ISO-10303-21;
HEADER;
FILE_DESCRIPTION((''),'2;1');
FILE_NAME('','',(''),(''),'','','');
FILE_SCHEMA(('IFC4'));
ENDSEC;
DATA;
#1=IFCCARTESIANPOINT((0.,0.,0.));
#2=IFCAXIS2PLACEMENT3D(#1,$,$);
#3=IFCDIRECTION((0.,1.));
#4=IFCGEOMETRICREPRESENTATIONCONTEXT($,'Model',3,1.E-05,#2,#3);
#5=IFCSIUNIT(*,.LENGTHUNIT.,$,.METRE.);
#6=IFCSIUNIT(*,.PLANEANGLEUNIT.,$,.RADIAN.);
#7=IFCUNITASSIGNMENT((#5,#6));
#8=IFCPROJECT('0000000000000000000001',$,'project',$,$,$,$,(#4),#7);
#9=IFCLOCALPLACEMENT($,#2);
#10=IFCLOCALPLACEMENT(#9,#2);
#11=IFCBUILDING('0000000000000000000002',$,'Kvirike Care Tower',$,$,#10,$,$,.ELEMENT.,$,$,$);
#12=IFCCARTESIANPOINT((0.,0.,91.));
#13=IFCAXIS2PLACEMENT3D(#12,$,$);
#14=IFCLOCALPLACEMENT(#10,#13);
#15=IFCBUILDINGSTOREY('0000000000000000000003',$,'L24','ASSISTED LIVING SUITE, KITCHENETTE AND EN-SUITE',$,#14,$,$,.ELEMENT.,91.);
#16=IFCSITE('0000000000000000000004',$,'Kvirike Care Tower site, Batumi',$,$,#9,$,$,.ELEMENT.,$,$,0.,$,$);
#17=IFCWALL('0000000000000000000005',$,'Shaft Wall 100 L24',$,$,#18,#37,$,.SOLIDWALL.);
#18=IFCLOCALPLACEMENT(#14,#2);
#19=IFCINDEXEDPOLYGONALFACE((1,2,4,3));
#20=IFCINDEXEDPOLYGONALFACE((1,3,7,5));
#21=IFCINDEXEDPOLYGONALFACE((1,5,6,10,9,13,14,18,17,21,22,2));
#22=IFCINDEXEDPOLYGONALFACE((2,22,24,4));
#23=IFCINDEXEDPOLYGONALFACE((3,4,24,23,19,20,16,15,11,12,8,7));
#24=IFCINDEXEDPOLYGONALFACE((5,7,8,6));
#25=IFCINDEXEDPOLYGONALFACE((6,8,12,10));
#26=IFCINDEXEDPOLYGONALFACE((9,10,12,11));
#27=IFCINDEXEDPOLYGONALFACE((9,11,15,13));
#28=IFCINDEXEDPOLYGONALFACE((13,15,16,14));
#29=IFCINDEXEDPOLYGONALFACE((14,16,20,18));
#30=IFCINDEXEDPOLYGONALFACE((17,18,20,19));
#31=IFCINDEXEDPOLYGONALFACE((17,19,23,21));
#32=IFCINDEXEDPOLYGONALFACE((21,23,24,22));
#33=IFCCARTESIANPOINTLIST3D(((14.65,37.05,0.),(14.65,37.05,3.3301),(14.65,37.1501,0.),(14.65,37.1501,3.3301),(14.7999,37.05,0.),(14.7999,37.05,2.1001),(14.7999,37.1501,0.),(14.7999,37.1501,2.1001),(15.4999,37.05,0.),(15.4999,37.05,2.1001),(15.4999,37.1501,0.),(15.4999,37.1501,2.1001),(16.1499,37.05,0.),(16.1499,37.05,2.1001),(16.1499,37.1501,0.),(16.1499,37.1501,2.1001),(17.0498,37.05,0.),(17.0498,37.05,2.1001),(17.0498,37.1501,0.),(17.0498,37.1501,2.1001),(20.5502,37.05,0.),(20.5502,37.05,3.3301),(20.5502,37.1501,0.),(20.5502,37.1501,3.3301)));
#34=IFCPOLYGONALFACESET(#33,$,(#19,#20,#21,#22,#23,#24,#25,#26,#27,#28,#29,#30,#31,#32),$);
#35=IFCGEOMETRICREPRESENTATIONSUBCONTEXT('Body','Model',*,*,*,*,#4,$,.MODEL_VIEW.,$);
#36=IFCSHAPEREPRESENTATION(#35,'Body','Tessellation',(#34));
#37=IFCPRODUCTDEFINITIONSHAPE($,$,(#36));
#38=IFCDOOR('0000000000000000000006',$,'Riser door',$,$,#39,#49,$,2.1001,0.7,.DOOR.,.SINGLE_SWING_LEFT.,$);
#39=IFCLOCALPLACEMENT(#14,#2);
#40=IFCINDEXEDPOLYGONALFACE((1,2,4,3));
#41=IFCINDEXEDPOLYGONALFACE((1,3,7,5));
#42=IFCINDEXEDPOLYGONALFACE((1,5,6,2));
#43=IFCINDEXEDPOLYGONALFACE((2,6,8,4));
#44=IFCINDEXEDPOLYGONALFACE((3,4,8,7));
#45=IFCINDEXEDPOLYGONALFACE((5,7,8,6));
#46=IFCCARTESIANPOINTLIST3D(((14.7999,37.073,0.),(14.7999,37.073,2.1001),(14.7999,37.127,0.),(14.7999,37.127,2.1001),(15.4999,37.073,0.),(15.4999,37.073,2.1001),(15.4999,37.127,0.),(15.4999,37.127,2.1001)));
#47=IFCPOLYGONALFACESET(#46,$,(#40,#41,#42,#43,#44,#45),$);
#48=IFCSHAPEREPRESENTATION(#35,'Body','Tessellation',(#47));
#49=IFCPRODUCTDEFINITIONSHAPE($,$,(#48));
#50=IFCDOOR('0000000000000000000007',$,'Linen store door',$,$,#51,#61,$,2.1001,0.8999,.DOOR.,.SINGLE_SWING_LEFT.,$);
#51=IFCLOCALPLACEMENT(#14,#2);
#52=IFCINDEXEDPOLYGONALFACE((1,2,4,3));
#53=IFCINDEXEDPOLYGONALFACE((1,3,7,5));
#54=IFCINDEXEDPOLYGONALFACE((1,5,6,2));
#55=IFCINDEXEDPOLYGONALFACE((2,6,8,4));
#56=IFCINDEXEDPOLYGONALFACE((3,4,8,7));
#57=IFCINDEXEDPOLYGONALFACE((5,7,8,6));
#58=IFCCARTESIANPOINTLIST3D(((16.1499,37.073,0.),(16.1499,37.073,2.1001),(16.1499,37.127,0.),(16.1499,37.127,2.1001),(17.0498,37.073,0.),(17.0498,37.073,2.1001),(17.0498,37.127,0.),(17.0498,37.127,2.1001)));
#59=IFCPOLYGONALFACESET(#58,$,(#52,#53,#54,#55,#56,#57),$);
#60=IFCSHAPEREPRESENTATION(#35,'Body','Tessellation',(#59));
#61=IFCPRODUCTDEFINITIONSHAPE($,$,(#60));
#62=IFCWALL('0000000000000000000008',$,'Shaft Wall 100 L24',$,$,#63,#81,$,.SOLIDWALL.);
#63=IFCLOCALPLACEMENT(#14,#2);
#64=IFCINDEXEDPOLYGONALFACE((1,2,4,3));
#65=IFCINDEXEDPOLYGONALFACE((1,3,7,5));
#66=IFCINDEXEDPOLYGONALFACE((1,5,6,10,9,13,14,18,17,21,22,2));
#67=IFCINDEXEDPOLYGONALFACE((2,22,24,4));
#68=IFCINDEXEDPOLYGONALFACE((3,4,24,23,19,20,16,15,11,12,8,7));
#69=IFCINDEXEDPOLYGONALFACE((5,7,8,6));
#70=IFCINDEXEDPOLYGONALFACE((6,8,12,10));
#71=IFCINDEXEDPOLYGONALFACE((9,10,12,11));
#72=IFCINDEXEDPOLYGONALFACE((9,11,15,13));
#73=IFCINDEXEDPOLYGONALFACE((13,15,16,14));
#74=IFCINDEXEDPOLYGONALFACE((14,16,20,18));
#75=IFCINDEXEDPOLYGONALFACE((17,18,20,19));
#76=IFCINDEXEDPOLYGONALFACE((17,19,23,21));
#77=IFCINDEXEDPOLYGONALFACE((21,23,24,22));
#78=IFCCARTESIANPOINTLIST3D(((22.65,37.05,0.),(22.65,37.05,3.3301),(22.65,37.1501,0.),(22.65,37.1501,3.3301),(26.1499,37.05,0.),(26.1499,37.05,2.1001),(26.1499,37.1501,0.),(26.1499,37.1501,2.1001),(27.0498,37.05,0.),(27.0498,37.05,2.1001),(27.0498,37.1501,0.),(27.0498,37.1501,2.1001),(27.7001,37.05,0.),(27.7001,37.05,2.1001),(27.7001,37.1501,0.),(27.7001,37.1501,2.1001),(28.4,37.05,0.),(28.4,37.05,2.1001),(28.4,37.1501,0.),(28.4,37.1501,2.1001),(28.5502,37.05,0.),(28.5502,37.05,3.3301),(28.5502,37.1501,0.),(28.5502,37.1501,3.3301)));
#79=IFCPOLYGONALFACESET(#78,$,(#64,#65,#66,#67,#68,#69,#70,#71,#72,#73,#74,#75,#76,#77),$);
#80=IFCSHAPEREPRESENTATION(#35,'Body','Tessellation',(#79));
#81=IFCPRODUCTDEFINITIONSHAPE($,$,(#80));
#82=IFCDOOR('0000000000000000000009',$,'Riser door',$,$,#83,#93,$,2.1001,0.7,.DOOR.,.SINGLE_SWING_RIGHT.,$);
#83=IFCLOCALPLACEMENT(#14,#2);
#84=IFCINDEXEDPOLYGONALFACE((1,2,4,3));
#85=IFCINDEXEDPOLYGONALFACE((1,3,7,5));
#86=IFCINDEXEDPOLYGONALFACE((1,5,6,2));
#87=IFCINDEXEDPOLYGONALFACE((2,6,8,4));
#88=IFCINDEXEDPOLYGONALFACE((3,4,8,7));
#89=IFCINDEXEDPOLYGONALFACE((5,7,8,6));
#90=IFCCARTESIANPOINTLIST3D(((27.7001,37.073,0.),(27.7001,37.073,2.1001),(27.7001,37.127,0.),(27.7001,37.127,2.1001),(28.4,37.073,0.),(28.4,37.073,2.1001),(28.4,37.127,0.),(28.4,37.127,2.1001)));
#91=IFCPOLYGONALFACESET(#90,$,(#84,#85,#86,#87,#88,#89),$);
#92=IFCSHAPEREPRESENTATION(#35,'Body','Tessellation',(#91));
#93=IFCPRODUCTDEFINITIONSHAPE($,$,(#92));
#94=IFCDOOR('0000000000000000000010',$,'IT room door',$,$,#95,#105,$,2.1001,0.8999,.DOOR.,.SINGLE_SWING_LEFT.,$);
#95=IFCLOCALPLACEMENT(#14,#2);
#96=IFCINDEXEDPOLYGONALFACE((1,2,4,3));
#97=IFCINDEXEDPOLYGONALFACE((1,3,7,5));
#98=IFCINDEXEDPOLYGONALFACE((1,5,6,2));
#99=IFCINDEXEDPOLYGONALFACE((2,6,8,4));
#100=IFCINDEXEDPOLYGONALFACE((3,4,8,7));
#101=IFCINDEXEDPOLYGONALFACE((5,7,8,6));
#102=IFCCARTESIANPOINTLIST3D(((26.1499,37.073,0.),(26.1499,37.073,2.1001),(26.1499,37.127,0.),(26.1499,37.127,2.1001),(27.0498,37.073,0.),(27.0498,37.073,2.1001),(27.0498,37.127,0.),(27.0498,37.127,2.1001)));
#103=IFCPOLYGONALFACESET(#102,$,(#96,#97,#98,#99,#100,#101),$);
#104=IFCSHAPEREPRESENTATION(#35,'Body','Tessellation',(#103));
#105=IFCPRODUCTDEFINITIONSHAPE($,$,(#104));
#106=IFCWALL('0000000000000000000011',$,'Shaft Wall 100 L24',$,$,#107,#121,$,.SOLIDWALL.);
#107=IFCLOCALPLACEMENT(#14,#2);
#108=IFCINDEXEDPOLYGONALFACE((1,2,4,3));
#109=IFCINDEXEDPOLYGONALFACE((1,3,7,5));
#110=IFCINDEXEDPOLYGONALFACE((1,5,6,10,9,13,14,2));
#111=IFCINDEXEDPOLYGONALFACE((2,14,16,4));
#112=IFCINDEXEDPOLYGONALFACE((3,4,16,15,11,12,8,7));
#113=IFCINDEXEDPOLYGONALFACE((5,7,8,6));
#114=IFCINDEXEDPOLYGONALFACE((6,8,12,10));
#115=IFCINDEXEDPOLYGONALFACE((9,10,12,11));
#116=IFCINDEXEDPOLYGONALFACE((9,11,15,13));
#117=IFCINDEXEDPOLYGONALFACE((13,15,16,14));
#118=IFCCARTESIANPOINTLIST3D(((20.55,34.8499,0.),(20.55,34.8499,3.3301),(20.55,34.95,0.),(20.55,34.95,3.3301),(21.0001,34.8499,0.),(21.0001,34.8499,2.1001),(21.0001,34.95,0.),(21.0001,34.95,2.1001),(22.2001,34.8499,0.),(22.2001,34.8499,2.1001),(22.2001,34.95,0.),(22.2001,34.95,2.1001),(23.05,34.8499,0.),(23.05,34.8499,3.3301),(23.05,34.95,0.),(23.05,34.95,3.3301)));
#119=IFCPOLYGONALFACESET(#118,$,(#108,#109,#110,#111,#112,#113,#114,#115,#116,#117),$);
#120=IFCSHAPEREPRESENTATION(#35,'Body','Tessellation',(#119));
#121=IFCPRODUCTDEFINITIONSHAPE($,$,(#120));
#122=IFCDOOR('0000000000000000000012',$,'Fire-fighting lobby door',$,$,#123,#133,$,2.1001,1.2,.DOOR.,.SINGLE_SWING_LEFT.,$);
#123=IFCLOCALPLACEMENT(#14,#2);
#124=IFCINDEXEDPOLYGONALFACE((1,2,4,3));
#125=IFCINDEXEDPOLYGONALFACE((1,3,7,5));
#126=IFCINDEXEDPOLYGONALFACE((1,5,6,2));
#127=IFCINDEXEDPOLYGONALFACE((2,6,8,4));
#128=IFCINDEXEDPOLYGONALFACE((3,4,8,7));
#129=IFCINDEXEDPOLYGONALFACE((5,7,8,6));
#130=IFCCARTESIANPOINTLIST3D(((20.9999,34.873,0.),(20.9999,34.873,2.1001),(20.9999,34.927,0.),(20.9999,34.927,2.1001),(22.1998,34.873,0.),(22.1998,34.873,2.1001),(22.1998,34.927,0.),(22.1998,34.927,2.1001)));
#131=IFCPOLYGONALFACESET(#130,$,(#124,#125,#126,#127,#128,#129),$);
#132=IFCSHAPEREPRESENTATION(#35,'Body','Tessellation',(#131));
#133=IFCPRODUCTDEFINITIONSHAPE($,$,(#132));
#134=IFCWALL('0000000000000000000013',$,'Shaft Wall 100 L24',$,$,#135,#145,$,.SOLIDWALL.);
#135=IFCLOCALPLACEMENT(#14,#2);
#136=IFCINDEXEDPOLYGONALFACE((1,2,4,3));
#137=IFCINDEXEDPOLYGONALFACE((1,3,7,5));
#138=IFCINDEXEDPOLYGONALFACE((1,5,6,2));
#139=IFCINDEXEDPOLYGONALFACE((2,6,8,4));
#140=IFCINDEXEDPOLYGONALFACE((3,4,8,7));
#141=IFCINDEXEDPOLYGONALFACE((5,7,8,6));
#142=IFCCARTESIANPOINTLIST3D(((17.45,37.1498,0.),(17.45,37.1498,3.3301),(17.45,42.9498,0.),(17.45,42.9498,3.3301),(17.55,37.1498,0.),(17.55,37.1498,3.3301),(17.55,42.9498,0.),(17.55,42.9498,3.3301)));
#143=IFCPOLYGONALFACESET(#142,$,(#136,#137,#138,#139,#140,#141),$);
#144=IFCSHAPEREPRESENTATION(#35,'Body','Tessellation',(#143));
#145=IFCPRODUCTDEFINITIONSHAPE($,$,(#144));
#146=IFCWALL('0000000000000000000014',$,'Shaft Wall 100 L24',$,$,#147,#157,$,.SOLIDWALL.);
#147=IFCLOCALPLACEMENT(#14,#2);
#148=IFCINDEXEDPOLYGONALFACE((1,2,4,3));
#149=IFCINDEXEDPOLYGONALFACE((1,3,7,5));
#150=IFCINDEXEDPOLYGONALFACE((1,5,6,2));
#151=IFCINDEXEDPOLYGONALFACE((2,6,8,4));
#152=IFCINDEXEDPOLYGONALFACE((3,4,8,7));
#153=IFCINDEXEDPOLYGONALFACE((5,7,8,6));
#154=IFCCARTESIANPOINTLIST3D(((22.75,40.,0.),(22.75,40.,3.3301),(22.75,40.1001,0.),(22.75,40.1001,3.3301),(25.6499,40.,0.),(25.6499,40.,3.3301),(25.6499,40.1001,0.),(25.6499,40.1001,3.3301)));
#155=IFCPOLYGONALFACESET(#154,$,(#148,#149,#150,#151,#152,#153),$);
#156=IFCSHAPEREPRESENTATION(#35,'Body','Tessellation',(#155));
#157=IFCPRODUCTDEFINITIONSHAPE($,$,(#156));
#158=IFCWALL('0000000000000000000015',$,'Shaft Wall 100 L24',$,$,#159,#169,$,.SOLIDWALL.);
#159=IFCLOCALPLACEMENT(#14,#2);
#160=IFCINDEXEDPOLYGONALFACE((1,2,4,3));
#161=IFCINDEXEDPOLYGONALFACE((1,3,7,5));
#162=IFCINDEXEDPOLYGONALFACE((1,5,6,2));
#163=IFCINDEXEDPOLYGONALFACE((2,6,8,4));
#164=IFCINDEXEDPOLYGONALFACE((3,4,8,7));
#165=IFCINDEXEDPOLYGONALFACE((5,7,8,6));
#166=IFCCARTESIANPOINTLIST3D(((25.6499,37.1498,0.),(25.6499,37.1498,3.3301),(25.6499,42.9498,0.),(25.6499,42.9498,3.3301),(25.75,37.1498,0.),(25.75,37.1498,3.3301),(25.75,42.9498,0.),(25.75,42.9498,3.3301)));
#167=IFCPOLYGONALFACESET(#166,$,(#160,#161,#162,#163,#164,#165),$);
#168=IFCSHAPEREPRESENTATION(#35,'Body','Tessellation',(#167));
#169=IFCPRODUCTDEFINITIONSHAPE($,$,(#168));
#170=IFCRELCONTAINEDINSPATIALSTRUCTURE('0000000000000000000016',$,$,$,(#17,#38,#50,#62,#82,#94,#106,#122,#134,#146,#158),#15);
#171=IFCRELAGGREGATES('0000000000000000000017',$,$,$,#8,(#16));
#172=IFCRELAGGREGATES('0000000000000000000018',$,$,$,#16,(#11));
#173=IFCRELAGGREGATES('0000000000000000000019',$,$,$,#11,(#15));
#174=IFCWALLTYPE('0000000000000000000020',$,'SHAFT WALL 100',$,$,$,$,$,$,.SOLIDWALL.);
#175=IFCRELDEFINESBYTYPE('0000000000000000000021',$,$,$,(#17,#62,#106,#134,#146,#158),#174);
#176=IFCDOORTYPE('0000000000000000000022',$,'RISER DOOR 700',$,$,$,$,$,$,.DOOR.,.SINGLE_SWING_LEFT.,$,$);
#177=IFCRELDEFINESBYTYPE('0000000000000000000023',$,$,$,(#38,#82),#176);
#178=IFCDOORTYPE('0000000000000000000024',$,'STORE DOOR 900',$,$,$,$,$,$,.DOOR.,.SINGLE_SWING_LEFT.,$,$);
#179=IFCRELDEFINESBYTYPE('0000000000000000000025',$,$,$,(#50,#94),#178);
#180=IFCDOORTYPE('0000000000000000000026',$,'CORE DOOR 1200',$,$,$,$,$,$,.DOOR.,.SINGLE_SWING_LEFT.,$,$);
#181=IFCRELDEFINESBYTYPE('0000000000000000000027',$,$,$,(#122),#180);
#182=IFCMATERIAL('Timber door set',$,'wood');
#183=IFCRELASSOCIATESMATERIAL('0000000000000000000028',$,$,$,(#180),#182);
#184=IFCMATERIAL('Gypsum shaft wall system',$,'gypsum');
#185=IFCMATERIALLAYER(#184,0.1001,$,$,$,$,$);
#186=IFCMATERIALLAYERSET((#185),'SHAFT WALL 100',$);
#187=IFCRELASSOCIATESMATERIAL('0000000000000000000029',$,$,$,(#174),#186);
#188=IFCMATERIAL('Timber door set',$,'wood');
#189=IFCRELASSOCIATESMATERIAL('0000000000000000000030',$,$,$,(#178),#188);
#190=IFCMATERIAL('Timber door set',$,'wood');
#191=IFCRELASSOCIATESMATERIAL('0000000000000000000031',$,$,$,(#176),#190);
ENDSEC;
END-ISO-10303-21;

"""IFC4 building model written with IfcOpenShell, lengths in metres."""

from ifc_helpers import new_model, si_unit, direction, frame, frame_2d, origin, place, context, subcontext, project, spatial, rectangle, extrude, material, layer, layer_set, type_object, element, fill, save


model = new_model("IFC4")

# Units and contexts
model_context = context("Model", 3, precision=1e-05, world=origin(), true_north=direction((0.0, 1.0)))
body_context = subcontext(model_context, "Body", "Model", "MODEL_VIEW")
ifc_project = project(units=[si_unit("LENGTHUNIT", "METRE"), si_unit("PLANEANGLEUNIT", "RADIAN")], contexts=[model_context])

# Site, building, storey
site_placement = place(None, origin())
site = spatial("IfcSite", under=ifc_project, at=site_placement, Name="Kvirike Care Tower site, Batumi", CompositionType="ELEMENT", RefElevation=0.0)
building_placement = place(site_placement, origin())
building = spatial("IfcBuilding", under=site, at=building_placement, Name="Kvirike Care Tower", CompositionType="ELEMENT")
storey_placement = place(building_placement, frame((0.0, 0.0, 91.0)))
storey = spatial("IfcBuildingStorey", under=building, at=storey_placement, Name="L24", Description="ASSISTED LIVING SUITE, KITCHENETTE AND EN-SUITE", CompositionType="ELEMENT", Elevation=91.0)

# Shared definitions
ifc_material_1 = material(Name="Timber door set", Category="wood")
door_type_1 = type_object("IfcDoorType", Name="CORE DOOR 1200", OperationType="SINGLE_SWING_LEFT", PredefinedType="DOOR", material=ifc_material_1)

# Shared definitions
ifc_material_2 = material(Name="Gypsum shaft wall system", Category="gypsum")
ifc_layer_1 = layer(ifc_material_2, 0.1001)
ifc_layer_set_1 = layer_set([ifc_layer_1], Name="SHAFT WALL 100")
wall_type_1 = type_object("IfcWallType", Name="SHAFT WALL 100", PredefinedType="SOLIDWALL", material=ifc_layer_set_1)

# Shared definitions
ifc_material_3 = material(Name="Timber door set", Category="wood")
door_type_2 = type_object("IfcDoorType", Name="STORE DOOR 900", OperationType="SINGLE_SWING_LEFT", PredefinedType="DOOR", material=ifc_material_3)

# Shared definitions
ifc_material_4 = material(Name="Timber door set", Category="wood")
door_type_3 = type_object("IfcDoorType", Name="RISER DOOR 700", OperationType="SINGLE_SWING_LEFT", PredefinedType="DOOR", material=ifc_material_4)

# Walls, openings, doors
wall_1_placement = place(storey_placement, frame((14.6499, 37.1001, 0.0), z_axis=(0.0, 0.0, 1.0), x_axis=(1.0, 0.0, 0.0)))
wall_1 = element("IfcWall", 1, at=wall_1_placement, inside=storey, type_object=wall_type_1, Name="Shaft Wall 100 L24", PredefinedType="SOLIDWALL", context=body_context, shape_type="SweptSolid", body=[
    extrude(rectangle(XDim=5.9001, YDim=0.1001, at=frame_2d((2.9502, 0.0))), origin(), (0.0, 0.0, 1.0), 3.3301),
])
opening_1_placement = place(wall_1_placement, frame((0.1499, 0.0, 0.0)))
opening_1 = element("IfcOpeningElement", 2, at=opening_1_placement, cuts=wall_1, PredefinedType="OPENING", context=body_context, shape_type="SweptSolid", body=[
    extrude(rectangle(XDim=0.7, YDim=2.1001, at=frame_2d((0.3501, 1.05))), frame((0.0, 0.0605, 0.0), z_axis=(0.0, -1.0, 0.0), x_axis=(1.0, 0.0, 0.0)), (0.0, 0.0, 1.0), 0.1211),
])
opening_2_placement = place(wall_1_placement, frame((1.5, 0.0, 0.0)))
opening_2 = element("IfcOpeningElement", 3, at=opening_2_placement, cuts=wall_1, PredefinedType="OPENING", context=body_context, shape_type="SweptSolid", body=[
    extrude(rectangle(XDim=0.8999, YDim=2.1001, at=frame_2d((0.45, 1.05))), frame((0.0, 0.0605, 0.0), z_axis=(0.0, -1.0, 0.0), x_axis=(1.0, 0.0, 0.0)), (0.0, 0.0, 1.0), 0.1211),
])
door_1_placement = place(opening_1_placement, origin())
door_1 = element("IfcDoor", 4, at=door_1_placement, inside=storey, type_object=door_type_3, Name="Riser door", OperationType="SINGLE_SWING_LEFT", OverallHeight=2.1001, OverallWidth=0.7, PredefinedType="DOOR", context=body_context, shape_type="SweptSolid", body=[
    extrude(rectangle(XDim=0.7, YDim=2.1001, at=frame_2d((0.3501, 1.05))), frame((0.0, 0.0269, 0.0), z_axis=(0.0, -1.0, 0.0), x_axis=(1.0, 0.0, 0.0)), (0.0, 0.0, 1.0), 0.054),
])
fill(opening_1, door_1)
door_2_placement = place(opening_2_placement, origin())
door_2 = element("IfcDoor", 5, at=door_2_placement, inside=storey, type_object=door_type_2, Name="Linen store door", OperationType="SINGLE_SWING_LEFT", OverallHeight=2.1001, OverallWidth=0.8999, PredefinedType="DOOR", context=body_context, shape_type="SweptSolid", body=[
    extrude(rectangle(XDim=0.8999, YDim=2.1001, at=frame_2d((0.45, 1.05))), frame((0.0, 0.0269, 0.0), z_axis=(0.0, -1.0, 0.0), x_axis=(1.0, 0.0, 0.0)), (0.0, 0.0, 1.0), 0.054),
])
fill(opening_2, door_2)
wall_2_placement = place(storey_placement, frame((22.6499, 37.1001, 0.0), z_axis=(0.0, 0.0, 1.0), x_axis=(1.0, 0.0, 0.0)))
wall_2 = element("IfcWall", 6, at=wall_2_placement, inside=storey, type_object=wall_type_1, Name="Shaft Wall 100 L24", PredefinedType="SOLIDWALL", context=body_context, shape_type="SweptSolid", body=[
    extrude(rectangle(XDim=5.9001, YDim=0.1001, at=frame_2d((2.9502, 0.0))), origin(), (0.0, 0.0, 1.0), 3.3301),
])
opening_3_placement = place(wall_2_placement, frame((3.5, 0.0, 0.0)))
opening_3 = element("IfcOpeningElement", 7, at=opening_3_placement, cuts=wall_2, PredefinedType="OPENING", context=body_context, shape_type="SweptSolid", body=[
    extrude(rectangle(XDim=0.8999, YDim=2.1001, at=frame_2d((0.45, 1.05))), frame((0.0, 0.0605, 0.0), z_axis=(0.0, -1.0, 0.0), x_axis=(1.0, 0.0, 0.0)), (0.0, 0.0, 1.0), 0.1211),
])
opening_4_placement = place(wall_2_placement, frame((5.05, 0.0, 0.0)))
opening_4 = element("IfcOpeningElement", 8, at=opening_4_placement, cuts=wall_2, PredefinedType="OPENING", context=body_context, shape_type="SweptSolid", body=[
    extrude(rectangle(XDim=0.7, YDim=2.1001, at=frame_2d((0.3501, 1.05))), frame((0.0, 0.0605, 0.0), z_axis=(0.0, -1.0, 0.0), x_axis=(1.0, 0.0, 0.0)), (0.0, 0.0, 1.0), 0.1211),
])
door_3_placement = place(opening_4_placement, origin())
door_3 = element("IfcDoor", 9, at=door_3_placement, inside=storey, type_object=door_type_3, Name="Riser door", OperationType="SINGLE_SWING_RIGHT", OverallHeight=2.1001, OverallWidth=0.7, PredefinedType="DOOR", context=body_context, shape_type="SweptSolid", body=[
    extrude(rectangle(XDim=0.7, YDim=2.1001, at=frame_2d((0.3501, 1.05))), frame((0.0, 0.0269, 0.0), z_axis=(0.0, -1.0, 0.0), x_axis=(1.0, 0.0, 0.0)), (0.0, 0.0, 1.0), 0.054),
])
fill(opening_4, door_3)
door_4_placement = place(opening_3_placement, origin())
door_4 = element("IfcDoor", 10, at=door_4_placement, inside=storey, type_object=door_type_2, Name="IT room door", OperationType="SINGLE_SWING_LEFT", OverallHeight=2.1001, OverallWidth=0.8999, PredefinedType="DOOR", context=body_context, shape_type="SweptSolid", body=[
    extrude(rectangle(XDim=0.8999, YDim=2.1001, at=frame_2d((0.45, 1.05))), frame((0.0, 0.0269, 0.0), z_axis=(0.0, -1.0, 0.0), x_axis=(1.0, 0.0, 0.0)), (0.0, 0.0, 1.0), 0.054),
])
fill(opening_3, door_4)

# Wall, opening, door
wall_3_placement = place(storey_placement, frame((20.55, 34.8999, 0.0), z_axis=(0.0, 0.0, 1.0), x_axis=(1.0, 0.0, 0.0)))
wall_3 = element("IfcWall", 11, at=wall_3_placement, inside=storey, type_object=wall_type_1, Name="Shaft Wall 100 L24", PredefinedType="SOLIDWALL", context=body_context, shape_type="SweptSolid", body=[
    extrude(rectangle(XDim=2.5, YDim=0.1001, at=frame_2d((1.25, 0.0))), origin(), (0.0, 0.0, 1.0), 3.3301),
])
opening_5_placement = place(wall_3_placement, frame((0.45, 0.0, 0.0)))
opening_5 = element("IfcOpeningElement", 12, at=opening_5_placement, cuts=wall_3, PredefinedType="OPENING", context=body_context, shape_type="SweptSolid", body=[
    extrude(rectangle(XDim=1.2, YDim=2.1001, at=frame_2d((0.6001, 1.05))), frame((0.0, 0.0605, 0.0), z_axis=(0.0, -1.0, 0.0), x_axis=(1.0, 0.0, 0.0)), (0.0, 0.0, 1.0), 0.1211),
])
door_5_placement = place(opening_5_placement, frame((1.2, 0.0, 0.0), z_axis=(0.0, 0.0, 1.0), x_axis=(-1.0, 0.0, 0.0)))
door_5 = element("IfcDoor", 13, at=door_5_placement, inside=storey, type_object=door_type_1, Name="Fire-fighting lobby door", OperationType="SINGLE_SWING_LEFT", OverallHeight=2.1001, OverallWidth=1.2, PredefinedType="DOOR", context=body_context, shape_type="SweptSolid", body=[
    extrude(rectangle(XDim=1.2, YDim=2.1001, at=frame_2d((0.6001, 1.05))), frame((0.0, 0.0269, 0.0), z_axis=(0.0, -1.0, 0.0), x_axis=(1.0, 0.0, 0.0)), (0.0, 0.0, 1.0), 0.054),
])
fill(opening_5, door_5)

# Walls
wall_4_placement = place(storey_placement, frame((17.5, 37.1499, 0.0), z_axis=(0.0, 0.0, 1.0), x_axis=(0.0, 1.0, 0.0)))
element("IfcWall", 14, at=wall_4_placement, inside=storey, type_object=wall_type_1, Name="Shaft Wall 100 L24", PredefinedType="SOLIDWALL", context=body_context, shape_type="SweptSolid", body=[
    extrude(rectangle(XDim=5.8, YDim=0.1001, at=frame_2d((2.8999, 0.0))), origin(), (0.0, 0.0, 1.0), 3.3301),
])
wall_5_placement = place(storey_placement, frame((22.75, 40.05, 0.0), z_axis=(0.0, 0.0, 1.0), x_axis=(1.0, 0.0, 0.0)))
element("IfcWall", 15, at=wall_5_placement, inside=storey, type_object=wall_type_1, Name="Shaft Wall 100 L24", PredefinedType="SOLIDWALL", context=body_context, shape_type="SweptSolid", body=[
    extrude(rectangle(XDim=2.8999, YDim=0.1001, at=frame_2d((1.45, 0.0))), origin(), (0.0, 0.0, 1.0), 3.3301),
])
wall_6_placement = place(storey_placement, frame((25.7, 37.1499, 0.0), z_axis=(0.0, 0.0, 1.0), x_axis=(0.0, 1.0, 0.0)))
element("IfcWall", 16, at=wall_6_placement, inside=storey, type_object=wall_type_1, Name="Shaft Wall 100 L24", PredefinedType="SOLIDWALL", context=body_context, shape_type="SweptSolid", body=[
    extrude(rectangle(XDim=5.8, YDim=0.1001, at=frame_2d((2.8999, 0.0))), origin(), (0.0, 0.0, 1.0), 3.3301),
])

save(model, "model.ifc")
